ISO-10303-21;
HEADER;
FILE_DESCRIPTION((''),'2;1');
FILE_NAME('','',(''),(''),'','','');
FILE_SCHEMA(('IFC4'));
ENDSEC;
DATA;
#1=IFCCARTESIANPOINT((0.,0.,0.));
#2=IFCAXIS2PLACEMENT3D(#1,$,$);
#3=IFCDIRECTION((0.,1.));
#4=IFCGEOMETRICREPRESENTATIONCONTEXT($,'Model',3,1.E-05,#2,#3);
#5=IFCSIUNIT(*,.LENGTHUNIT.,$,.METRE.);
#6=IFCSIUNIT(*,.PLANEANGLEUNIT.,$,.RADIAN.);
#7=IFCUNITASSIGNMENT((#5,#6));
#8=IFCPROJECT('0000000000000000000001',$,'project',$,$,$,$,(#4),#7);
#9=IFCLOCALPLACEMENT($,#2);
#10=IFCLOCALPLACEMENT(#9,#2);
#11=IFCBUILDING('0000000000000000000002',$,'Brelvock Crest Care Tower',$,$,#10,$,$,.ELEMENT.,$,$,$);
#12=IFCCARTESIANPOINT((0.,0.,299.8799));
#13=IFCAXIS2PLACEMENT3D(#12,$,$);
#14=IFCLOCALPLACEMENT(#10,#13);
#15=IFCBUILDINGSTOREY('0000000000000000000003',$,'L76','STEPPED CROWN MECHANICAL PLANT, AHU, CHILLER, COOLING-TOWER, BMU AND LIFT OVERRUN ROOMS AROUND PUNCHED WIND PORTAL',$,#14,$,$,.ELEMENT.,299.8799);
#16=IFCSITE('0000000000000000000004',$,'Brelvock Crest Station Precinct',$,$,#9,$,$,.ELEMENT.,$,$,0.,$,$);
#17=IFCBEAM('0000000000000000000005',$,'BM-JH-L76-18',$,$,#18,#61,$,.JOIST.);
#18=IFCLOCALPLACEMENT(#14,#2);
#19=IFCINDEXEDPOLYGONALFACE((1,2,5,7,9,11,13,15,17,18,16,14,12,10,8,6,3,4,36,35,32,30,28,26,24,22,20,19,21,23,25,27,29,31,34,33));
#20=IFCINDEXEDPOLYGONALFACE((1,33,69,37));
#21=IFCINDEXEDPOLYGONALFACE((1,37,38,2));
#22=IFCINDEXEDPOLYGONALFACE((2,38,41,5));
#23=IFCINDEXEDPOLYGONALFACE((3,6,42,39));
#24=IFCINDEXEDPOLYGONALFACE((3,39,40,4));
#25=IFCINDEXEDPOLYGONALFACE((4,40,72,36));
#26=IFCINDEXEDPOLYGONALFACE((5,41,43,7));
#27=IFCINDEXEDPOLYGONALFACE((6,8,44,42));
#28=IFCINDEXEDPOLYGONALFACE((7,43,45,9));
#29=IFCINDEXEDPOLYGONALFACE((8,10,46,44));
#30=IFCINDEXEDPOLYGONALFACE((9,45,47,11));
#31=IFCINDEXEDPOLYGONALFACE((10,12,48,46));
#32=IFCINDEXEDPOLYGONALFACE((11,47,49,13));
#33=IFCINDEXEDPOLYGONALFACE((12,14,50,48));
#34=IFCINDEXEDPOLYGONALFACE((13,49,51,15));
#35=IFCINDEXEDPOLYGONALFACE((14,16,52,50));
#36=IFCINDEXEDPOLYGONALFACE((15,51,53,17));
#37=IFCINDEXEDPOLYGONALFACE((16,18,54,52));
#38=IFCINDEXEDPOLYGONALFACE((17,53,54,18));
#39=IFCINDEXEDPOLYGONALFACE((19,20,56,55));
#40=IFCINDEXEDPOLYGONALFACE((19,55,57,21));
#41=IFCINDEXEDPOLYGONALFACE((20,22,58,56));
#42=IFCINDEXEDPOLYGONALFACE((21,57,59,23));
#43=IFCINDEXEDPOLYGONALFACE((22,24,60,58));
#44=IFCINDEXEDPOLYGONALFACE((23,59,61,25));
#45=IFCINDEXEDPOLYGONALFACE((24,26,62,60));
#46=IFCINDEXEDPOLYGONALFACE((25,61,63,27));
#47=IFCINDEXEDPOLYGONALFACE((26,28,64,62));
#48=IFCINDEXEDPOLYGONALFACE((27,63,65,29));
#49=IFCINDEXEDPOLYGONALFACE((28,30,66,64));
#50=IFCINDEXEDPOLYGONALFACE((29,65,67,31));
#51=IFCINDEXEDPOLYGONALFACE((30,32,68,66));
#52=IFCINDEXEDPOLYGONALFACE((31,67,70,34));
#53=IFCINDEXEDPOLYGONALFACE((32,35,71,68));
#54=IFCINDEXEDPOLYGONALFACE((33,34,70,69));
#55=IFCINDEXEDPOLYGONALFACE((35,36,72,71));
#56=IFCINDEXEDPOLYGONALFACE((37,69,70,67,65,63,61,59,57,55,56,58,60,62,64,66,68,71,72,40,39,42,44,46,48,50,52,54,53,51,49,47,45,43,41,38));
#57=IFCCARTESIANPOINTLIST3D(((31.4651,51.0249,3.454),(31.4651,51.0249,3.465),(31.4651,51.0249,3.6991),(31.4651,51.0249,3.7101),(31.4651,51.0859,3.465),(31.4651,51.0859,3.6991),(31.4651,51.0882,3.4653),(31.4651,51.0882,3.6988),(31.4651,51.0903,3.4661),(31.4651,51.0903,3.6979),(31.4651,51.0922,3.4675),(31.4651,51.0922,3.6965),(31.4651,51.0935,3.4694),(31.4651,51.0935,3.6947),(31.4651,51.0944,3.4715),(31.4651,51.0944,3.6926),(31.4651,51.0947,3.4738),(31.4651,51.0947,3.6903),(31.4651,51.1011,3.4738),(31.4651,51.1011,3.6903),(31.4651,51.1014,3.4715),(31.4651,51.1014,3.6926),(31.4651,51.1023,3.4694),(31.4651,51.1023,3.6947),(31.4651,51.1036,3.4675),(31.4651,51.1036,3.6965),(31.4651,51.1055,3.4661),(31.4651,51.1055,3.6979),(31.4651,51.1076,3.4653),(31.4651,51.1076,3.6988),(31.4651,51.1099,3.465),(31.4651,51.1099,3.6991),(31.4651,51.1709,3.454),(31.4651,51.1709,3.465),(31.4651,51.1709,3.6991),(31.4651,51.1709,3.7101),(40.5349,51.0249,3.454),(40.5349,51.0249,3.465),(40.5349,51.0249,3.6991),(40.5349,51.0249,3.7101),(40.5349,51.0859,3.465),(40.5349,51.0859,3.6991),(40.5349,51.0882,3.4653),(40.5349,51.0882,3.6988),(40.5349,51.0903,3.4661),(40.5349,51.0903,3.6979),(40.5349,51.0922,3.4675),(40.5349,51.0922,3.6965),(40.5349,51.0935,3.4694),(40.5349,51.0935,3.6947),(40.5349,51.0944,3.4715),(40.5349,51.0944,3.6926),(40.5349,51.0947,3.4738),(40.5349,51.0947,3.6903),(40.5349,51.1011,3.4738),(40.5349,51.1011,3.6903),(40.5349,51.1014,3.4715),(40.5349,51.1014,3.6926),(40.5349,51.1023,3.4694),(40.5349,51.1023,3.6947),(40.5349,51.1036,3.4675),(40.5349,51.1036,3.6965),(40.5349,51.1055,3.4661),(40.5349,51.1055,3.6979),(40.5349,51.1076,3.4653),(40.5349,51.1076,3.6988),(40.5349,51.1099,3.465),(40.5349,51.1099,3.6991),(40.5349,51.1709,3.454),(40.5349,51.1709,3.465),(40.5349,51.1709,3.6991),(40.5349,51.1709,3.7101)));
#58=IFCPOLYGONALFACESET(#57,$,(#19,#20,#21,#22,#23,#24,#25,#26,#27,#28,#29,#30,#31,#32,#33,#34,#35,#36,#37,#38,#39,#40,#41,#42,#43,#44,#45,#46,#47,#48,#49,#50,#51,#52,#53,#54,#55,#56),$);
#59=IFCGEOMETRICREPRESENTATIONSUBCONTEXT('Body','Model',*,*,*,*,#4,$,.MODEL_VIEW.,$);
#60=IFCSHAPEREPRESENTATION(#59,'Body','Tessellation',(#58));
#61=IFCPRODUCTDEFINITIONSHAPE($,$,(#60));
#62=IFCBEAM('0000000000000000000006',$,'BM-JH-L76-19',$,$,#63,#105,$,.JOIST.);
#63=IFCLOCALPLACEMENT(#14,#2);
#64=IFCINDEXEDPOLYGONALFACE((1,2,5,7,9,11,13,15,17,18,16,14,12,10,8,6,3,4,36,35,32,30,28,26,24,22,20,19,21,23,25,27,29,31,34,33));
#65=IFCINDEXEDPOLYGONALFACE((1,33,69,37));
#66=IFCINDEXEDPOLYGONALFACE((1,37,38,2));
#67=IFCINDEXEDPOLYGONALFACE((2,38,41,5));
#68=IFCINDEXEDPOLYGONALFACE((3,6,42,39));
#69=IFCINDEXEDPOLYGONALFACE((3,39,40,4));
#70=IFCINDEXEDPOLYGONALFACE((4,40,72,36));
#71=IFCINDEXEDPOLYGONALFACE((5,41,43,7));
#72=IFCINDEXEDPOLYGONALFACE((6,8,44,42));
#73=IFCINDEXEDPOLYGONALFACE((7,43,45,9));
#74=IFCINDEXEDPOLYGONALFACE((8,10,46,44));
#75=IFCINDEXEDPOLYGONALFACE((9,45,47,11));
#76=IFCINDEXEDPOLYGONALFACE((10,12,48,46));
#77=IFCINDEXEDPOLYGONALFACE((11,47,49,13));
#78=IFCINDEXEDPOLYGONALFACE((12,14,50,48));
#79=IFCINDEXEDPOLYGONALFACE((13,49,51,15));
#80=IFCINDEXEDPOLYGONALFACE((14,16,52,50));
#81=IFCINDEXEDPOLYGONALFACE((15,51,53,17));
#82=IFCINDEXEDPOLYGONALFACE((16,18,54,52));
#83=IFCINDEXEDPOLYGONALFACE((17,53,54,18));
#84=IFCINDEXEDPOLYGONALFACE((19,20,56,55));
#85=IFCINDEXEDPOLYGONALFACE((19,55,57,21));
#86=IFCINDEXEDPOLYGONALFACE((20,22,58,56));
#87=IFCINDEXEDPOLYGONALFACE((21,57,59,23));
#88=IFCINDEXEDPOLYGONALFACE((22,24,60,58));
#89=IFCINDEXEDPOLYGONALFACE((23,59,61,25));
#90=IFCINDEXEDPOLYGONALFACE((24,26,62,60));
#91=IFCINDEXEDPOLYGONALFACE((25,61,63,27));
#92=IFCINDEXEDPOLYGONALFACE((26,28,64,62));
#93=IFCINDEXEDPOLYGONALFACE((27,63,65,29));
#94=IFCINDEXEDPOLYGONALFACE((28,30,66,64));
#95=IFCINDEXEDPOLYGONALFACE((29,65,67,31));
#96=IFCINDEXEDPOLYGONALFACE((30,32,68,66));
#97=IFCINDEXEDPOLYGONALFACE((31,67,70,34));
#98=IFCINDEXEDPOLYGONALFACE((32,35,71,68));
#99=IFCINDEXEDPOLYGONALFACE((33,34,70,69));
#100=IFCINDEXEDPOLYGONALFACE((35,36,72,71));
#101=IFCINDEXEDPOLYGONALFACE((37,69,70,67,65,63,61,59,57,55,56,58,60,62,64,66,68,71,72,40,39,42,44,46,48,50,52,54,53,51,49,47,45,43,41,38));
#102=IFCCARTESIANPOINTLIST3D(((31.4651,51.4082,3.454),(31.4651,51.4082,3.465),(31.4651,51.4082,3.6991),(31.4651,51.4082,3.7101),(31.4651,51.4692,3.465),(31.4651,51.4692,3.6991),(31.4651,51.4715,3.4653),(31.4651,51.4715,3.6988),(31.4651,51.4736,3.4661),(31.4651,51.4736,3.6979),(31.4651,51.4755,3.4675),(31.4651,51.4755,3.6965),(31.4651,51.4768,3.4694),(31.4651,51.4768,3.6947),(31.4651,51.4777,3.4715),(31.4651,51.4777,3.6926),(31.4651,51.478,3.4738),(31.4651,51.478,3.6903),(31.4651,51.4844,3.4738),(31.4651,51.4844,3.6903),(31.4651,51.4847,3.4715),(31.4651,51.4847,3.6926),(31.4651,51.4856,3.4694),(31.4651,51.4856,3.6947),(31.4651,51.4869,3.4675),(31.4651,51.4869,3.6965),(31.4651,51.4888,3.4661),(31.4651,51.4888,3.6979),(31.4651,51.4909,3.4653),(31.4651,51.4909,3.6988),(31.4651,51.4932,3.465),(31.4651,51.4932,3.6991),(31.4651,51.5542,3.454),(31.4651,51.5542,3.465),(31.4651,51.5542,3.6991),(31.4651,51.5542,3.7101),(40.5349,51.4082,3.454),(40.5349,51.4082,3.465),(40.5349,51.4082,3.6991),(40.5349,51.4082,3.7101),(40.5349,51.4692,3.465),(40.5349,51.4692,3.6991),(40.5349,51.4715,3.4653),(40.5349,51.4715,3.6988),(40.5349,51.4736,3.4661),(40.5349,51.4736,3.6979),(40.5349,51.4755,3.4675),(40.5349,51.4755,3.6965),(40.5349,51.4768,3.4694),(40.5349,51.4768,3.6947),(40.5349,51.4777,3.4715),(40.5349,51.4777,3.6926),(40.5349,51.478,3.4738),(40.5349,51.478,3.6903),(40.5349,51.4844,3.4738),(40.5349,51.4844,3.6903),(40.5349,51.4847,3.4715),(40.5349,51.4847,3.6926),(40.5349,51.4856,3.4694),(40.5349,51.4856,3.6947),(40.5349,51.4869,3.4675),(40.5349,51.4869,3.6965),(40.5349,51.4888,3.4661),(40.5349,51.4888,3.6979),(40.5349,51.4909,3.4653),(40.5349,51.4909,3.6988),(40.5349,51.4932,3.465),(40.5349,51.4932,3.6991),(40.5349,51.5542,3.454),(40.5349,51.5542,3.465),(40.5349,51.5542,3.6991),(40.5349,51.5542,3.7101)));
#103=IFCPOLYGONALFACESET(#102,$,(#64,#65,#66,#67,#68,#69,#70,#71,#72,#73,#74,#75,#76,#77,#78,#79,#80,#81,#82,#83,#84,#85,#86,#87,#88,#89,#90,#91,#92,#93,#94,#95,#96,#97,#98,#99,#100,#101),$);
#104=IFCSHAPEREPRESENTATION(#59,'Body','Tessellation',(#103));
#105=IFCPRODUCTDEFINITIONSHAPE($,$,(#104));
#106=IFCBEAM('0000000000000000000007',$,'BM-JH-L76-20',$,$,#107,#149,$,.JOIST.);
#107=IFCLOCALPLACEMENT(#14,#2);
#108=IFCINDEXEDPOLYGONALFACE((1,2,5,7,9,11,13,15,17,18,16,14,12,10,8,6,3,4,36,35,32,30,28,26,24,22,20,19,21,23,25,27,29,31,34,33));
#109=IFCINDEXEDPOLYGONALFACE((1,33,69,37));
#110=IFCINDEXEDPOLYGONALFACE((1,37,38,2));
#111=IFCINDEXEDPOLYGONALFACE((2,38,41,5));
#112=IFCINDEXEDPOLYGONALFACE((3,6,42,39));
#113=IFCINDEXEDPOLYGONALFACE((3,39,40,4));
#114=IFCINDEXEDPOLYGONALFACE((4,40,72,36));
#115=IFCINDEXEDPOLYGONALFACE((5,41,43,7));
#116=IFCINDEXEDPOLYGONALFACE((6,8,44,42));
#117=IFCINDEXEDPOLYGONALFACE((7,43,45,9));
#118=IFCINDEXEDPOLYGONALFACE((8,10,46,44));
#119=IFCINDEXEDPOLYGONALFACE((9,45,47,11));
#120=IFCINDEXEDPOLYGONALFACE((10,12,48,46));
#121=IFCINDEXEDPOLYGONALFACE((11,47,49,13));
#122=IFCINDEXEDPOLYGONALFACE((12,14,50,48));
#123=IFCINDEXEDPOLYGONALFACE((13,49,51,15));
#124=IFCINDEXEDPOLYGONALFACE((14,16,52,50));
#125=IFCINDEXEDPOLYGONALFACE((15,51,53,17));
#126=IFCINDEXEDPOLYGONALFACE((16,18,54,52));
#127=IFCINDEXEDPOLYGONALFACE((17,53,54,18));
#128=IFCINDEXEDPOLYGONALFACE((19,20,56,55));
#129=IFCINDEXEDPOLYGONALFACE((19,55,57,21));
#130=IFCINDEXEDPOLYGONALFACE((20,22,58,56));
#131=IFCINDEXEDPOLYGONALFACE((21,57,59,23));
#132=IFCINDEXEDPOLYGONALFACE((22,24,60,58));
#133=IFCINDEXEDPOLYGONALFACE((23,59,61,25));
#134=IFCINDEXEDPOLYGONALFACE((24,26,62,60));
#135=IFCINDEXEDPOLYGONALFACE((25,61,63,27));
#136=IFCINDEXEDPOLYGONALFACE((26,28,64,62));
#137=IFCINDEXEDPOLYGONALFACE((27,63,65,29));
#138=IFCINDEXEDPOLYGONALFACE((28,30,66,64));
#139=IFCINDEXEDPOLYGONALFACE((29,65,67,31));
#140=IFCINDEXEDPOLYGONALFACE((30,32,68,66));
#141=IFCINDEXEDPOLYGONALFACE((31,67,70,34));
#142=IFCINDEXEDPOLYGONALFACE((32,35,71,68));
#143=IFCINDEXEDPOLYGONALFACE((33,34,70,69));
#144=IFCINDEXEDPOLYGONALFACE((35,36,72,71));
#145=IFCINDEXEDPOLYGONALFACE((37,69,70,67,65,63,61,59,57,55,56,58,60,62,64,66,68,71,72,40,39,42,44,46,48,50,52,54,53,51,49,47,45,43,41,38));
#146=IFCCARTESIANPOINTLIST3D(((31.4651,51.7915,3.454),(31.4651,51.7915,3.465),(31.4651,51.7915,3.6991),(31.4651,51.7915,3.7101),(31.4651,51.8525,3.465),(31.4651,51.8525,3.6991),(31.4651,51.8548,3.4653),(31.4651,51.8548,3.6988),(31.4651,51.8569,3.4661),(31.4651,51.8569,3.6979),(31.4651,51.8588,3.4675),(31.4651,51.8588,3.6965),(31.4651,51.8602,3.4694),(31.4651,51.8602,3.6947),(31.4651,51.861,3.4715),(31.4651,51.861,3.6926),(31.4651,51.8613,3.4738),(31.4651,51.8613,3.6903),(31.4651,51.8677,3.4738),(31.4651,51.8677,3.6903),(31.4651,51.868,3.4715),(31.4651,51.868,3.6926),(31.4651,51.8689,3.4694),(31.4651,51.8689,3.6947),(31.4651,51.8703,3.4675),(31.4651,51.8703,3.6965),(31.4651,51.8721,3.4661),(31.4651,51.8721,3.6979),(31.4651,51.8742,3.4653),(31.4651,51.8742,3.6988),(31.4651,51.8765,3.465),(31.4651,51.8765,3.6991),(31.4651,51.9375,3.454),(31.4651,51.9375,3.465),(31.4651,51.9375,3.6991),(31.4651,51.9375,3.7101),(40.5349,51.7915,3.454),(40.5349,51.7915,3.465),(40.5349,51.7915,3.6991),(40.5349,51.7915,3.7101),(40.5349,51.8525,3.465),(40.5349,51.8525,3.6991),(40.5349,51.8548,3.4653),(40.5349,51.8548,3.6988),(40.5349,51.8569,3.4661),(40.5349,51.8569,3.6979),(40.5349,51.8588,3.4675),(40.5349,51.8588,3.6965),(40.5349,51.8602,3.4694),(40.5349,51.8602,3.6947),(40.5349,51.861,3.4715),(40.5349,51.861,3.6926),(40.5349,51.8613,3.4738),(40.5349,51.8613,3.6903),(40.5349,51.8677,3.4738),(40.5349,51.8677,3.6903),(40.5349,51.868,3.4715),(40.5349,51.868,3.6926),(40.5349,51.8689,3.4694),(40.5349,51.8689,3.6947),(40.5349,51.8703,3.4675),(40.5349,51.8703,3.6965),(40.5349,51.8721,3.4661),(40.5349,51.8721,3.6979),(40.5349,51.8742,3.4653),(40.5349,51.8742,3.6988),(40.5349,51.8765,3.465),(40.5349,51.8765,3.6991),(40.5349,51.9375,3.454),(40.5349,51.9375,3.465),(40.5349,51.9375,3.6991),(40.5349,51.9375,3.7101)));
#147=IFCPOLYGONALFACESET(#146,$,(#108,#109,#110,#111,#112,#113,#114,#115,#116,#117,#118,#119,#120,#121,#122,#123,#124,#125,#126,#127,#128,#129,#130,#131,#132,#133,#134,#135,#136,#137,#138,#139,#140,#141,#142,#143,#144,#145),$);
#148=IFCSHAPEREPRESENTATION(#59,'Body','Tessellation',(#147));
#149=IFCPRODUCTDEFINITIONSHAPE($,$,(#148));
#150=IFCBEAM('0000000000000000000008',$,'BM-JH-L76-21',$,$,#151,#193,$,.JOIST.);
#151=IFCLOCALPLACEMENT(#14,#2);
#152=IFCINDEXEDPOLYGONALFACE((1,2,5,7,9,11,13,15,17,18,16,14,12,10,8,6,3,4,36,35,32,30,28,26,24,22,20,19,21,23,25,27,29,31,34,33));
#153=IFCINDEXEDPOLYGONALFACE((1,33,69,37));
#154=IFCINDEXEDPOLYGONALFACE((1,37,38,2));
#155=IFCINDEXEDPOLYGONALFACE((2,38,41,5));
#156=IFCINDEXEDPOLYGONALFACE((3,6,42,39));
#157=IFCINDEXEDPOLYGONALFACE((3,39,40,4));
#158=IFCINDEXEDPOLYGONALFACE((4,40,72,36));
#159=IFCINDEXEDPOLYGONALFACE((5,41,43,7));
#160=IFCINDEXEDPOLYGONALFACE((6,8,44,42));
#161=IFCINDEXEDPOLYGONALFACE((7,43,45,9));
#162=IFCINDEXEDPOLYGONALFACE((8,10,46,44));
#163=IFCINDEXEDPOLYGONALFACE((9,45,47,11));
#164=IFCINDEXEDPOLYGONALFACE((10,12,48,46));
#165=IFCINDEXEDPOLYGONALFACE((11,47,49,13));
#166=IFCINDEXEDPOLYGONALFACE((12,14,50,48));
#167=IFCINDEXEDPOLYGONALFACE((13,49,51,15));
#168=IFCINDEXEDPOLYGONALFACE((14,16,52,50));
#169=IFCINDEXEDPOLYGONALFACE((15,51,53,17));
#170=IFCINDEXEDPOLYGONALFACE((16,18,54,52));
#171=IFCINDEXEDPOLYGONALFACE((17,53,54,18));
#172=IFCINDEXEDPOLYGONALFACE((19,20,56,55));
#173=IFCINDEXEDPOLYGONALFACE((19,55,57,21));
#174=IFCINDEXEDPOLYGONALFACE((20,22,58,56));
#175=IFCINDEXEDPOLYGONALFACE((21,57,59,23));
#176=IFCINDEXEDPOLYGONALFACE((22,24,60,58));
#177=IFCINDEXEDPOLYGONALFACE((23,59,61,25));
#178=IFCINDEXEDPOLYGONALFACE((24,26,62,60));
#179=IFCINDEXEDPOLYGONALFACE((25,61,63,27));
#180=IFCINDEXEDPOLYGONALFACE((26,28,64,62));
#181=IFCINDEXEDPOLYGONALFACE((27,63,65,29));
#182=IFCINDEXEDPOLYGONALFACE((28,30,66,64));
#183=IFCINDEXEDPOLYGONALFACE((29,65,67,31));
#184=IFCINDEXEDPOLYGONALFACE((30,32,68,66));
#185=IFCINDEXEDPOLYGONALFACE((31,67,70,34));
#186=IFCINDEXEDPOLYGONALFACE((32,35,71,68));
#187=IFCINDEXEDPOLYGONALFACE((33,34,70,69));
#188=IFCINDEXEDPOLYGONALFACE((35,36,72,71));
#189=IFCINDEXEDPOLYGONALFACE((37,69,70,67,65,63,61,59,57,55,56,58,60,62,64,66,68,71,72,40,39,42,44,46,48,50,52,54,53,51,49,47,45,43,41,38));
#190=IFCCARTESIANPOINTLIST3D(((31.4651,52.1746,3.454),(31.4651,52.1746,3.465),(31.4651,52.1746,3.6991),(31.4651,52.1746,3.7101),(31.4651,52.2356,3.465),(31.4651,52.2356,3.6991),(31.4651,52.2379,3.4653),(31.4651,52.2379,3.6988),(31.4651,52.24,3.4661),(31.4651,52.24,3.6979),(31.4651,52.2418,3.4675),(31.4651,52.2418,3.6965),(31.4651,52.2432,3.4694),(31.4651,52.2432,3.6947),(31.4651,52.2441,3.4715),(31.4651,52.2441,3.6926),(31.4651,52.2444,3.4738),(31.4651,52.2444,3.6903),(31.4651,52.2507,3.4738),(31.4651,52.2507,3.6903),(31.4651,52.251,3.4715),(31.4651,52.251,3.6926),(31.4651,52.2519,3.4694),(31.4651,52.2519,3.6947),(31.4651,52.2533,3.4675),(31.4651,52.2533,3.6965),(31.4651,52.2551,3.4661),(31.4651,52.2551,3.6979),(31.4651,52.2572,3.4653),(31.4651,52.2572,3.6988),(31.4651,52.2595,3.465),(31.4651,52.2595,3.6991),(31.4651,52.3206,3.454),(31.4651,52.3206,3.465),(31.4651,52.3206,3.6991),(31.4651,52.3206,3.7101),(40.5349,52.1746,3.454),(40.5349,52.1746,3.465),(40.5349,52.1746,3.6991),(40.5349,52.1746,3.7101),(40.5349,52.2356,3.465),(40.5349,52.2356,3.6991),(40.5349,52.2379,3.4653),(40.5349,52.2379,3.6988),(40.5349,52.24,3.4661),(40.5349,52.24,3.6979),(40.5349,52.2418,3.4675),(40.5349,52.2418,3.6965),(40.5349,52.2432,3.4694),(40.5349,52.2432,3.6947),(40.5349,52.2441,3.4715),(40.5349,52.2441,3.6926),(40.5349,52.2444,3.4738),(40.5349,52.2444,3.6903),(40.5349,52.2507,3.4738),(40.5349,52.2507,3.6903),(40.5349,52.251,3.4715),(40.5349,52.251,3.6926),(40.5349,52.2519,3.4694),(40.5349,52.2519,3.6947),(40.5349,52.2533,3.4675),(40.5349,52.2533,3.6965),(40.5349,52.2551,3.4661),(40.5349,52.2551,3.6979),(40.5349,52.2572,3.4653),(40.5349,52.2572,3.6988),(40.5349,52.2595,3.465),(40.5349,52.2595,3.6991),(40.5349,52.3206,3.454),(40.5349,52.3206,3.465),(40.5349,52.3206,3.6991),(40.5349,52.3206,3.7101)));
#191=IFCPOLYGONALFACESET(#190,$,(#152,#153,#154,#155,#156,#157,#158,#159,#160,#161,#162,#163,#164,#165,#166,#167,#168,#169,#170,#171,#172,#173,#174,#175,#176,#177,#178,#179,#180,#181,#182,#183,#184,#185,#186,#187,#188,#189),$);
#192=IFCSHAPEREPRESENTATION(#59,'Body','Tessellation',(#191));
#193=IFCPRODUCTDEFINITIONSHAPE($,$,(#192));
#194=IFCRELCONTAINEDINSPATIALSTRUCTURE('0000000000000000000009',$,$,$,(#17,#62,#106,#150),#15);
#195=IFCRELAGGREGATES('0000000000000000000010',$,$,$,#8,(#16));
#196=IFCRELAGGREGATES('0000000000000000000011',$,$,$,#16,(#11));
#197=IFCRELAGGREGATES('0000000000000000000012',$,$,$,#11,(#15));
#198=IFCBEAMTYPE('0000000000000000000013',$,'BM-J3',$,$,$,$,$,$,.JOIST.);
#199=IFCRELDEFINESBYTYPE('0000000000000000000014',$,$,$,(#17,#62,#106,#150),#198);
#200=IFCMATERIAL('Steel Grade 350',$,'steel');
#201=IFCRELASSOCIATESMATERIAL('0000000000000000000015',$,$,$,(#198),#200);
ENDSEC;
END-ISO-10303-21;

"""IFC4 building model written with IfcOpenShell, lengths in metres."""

from ifc_helpers import new_model, si_unit, direction, frame, origin, origin_2d, place, context, subcontext, project, spatial, i_section, extrude, source, transform, mapped, material, material_profile, profile_set, type_object, element, save


model = new_model("IFC4")

# Units and contexts
model_context = context("Model", 3, precision=1e-05, world=origin(), true_north=direction((0.0, 1.0)))
body_context = subcontext(model_context, "Body", "Model", "MODEL_VIEW")
ifc_project = project(units=[si_unit("LENGTHUNIT", "METRE"), si_unit("PLANEANGLEUNIT", "RADIAN")], contexts=[model_context])

# Site, building, storey
site_placement = place(None, origin())
site = spatial("IfcSite", under=ifc_project, at=site_placement, Name="Brelvock Crest Station Precinct", CompositionType="ELEMENT", RefElevation=0.0)
building_placement = place(site_placement, origin())
building = spatial("IfcBuilding", under=site, at=building_placement, Name="Brelvock Crest Care Tower", CompositionType="ELEMENT")
storey_placement = place(building_placement, frame((0.0, 0.0, 299.8799)))
storey = spatial("IfcBuildingStorey", under=building, at=storey_placement, Name="L76", Description="STEPPED CROWN MECHANICAL PLANT, AHU, CHILLER, COOLING-TOWER, BMU AND LIFT OVERRUN ROOMS AROUND PUNCHED WIND PORTAL", CompositionType="ELEMENT", Elevation=299.8799)

# Shared definitions
ifc_material_1 = material(Name="Steel Grade 350", Category="steel")

# Beams
ifc_material_profile_1 = material_profile(ifc_material_1, i_section(OverallWidth=0.146, OverallDepth=0.2561, WebThickness=0.0063, FlangeThickness=0.011, FilletRadius=0.0088, at=origin_2d()), Name="250UB37.3")
ifc_profile_set_1 = profile_set([ifc_material_profile_1], Name="Steel Grade 350")
beam_type_1 = type_object("IfcBeamType", Name="BM-J3", PredefinedType="JOIST", material=ifc_profile_set_1)
shared_shape_1 = source(origin(), body_context, "Body", "SweptSolid", [
    extrude(i_section(OverallWidth=0.146, OverallDepth=0.2561, WebThickness=0.0063, FlangeThickness=0.011, FilletRadius=0.0088, at=origin_2d()), origin(), (0.0, 0.0, 1.0), 9.0698),
])
for number, where, z_axis, x_axis, name in (
    (1, (31.4651, 51.0979, 3.582), (1.0, 0.0, 0.0), (0.0, 1.0, 0.0), "BM-JH-L76-18"),
    (2, (31.4651, 51.4812, 3.582), (1.0, 0.0, 0.0), (0.0, 1.0, 0.0), "BM-JH-L76-19"),
    (3, (31.4651, 51.8645, 3.582), (1.0, 0.0, 0.0), (0.0, 1.0, 0.0), "BM-JH-L76-20"),
    (4, (31.4651, 52.2476, 3.582), (1.0, 0.0, 0.0), (0.0, 1.0, 0.0), "BM-JH-L76-21"),
):
    element("IfcBeam", number, at=place(storey_placement, frame(where, z_axis=z_axis, x_axis=x_axis)), inside=storey, type_object=beam_type_1, Name=name, PredefinedType="JOIST", context=body_context, shape_type="MappedRepresentation", body=[
        mapped(shared_shape_1, transform((0.0, 0.0, 0.0), x_axis=(1.0, 0.0, 0.0), y_axis=(0.0, 1.0, 0.0), z_axis=(0.0, 0.0, 1.0), scale=1.0)),
    ])

save(model, "model.ifc")
